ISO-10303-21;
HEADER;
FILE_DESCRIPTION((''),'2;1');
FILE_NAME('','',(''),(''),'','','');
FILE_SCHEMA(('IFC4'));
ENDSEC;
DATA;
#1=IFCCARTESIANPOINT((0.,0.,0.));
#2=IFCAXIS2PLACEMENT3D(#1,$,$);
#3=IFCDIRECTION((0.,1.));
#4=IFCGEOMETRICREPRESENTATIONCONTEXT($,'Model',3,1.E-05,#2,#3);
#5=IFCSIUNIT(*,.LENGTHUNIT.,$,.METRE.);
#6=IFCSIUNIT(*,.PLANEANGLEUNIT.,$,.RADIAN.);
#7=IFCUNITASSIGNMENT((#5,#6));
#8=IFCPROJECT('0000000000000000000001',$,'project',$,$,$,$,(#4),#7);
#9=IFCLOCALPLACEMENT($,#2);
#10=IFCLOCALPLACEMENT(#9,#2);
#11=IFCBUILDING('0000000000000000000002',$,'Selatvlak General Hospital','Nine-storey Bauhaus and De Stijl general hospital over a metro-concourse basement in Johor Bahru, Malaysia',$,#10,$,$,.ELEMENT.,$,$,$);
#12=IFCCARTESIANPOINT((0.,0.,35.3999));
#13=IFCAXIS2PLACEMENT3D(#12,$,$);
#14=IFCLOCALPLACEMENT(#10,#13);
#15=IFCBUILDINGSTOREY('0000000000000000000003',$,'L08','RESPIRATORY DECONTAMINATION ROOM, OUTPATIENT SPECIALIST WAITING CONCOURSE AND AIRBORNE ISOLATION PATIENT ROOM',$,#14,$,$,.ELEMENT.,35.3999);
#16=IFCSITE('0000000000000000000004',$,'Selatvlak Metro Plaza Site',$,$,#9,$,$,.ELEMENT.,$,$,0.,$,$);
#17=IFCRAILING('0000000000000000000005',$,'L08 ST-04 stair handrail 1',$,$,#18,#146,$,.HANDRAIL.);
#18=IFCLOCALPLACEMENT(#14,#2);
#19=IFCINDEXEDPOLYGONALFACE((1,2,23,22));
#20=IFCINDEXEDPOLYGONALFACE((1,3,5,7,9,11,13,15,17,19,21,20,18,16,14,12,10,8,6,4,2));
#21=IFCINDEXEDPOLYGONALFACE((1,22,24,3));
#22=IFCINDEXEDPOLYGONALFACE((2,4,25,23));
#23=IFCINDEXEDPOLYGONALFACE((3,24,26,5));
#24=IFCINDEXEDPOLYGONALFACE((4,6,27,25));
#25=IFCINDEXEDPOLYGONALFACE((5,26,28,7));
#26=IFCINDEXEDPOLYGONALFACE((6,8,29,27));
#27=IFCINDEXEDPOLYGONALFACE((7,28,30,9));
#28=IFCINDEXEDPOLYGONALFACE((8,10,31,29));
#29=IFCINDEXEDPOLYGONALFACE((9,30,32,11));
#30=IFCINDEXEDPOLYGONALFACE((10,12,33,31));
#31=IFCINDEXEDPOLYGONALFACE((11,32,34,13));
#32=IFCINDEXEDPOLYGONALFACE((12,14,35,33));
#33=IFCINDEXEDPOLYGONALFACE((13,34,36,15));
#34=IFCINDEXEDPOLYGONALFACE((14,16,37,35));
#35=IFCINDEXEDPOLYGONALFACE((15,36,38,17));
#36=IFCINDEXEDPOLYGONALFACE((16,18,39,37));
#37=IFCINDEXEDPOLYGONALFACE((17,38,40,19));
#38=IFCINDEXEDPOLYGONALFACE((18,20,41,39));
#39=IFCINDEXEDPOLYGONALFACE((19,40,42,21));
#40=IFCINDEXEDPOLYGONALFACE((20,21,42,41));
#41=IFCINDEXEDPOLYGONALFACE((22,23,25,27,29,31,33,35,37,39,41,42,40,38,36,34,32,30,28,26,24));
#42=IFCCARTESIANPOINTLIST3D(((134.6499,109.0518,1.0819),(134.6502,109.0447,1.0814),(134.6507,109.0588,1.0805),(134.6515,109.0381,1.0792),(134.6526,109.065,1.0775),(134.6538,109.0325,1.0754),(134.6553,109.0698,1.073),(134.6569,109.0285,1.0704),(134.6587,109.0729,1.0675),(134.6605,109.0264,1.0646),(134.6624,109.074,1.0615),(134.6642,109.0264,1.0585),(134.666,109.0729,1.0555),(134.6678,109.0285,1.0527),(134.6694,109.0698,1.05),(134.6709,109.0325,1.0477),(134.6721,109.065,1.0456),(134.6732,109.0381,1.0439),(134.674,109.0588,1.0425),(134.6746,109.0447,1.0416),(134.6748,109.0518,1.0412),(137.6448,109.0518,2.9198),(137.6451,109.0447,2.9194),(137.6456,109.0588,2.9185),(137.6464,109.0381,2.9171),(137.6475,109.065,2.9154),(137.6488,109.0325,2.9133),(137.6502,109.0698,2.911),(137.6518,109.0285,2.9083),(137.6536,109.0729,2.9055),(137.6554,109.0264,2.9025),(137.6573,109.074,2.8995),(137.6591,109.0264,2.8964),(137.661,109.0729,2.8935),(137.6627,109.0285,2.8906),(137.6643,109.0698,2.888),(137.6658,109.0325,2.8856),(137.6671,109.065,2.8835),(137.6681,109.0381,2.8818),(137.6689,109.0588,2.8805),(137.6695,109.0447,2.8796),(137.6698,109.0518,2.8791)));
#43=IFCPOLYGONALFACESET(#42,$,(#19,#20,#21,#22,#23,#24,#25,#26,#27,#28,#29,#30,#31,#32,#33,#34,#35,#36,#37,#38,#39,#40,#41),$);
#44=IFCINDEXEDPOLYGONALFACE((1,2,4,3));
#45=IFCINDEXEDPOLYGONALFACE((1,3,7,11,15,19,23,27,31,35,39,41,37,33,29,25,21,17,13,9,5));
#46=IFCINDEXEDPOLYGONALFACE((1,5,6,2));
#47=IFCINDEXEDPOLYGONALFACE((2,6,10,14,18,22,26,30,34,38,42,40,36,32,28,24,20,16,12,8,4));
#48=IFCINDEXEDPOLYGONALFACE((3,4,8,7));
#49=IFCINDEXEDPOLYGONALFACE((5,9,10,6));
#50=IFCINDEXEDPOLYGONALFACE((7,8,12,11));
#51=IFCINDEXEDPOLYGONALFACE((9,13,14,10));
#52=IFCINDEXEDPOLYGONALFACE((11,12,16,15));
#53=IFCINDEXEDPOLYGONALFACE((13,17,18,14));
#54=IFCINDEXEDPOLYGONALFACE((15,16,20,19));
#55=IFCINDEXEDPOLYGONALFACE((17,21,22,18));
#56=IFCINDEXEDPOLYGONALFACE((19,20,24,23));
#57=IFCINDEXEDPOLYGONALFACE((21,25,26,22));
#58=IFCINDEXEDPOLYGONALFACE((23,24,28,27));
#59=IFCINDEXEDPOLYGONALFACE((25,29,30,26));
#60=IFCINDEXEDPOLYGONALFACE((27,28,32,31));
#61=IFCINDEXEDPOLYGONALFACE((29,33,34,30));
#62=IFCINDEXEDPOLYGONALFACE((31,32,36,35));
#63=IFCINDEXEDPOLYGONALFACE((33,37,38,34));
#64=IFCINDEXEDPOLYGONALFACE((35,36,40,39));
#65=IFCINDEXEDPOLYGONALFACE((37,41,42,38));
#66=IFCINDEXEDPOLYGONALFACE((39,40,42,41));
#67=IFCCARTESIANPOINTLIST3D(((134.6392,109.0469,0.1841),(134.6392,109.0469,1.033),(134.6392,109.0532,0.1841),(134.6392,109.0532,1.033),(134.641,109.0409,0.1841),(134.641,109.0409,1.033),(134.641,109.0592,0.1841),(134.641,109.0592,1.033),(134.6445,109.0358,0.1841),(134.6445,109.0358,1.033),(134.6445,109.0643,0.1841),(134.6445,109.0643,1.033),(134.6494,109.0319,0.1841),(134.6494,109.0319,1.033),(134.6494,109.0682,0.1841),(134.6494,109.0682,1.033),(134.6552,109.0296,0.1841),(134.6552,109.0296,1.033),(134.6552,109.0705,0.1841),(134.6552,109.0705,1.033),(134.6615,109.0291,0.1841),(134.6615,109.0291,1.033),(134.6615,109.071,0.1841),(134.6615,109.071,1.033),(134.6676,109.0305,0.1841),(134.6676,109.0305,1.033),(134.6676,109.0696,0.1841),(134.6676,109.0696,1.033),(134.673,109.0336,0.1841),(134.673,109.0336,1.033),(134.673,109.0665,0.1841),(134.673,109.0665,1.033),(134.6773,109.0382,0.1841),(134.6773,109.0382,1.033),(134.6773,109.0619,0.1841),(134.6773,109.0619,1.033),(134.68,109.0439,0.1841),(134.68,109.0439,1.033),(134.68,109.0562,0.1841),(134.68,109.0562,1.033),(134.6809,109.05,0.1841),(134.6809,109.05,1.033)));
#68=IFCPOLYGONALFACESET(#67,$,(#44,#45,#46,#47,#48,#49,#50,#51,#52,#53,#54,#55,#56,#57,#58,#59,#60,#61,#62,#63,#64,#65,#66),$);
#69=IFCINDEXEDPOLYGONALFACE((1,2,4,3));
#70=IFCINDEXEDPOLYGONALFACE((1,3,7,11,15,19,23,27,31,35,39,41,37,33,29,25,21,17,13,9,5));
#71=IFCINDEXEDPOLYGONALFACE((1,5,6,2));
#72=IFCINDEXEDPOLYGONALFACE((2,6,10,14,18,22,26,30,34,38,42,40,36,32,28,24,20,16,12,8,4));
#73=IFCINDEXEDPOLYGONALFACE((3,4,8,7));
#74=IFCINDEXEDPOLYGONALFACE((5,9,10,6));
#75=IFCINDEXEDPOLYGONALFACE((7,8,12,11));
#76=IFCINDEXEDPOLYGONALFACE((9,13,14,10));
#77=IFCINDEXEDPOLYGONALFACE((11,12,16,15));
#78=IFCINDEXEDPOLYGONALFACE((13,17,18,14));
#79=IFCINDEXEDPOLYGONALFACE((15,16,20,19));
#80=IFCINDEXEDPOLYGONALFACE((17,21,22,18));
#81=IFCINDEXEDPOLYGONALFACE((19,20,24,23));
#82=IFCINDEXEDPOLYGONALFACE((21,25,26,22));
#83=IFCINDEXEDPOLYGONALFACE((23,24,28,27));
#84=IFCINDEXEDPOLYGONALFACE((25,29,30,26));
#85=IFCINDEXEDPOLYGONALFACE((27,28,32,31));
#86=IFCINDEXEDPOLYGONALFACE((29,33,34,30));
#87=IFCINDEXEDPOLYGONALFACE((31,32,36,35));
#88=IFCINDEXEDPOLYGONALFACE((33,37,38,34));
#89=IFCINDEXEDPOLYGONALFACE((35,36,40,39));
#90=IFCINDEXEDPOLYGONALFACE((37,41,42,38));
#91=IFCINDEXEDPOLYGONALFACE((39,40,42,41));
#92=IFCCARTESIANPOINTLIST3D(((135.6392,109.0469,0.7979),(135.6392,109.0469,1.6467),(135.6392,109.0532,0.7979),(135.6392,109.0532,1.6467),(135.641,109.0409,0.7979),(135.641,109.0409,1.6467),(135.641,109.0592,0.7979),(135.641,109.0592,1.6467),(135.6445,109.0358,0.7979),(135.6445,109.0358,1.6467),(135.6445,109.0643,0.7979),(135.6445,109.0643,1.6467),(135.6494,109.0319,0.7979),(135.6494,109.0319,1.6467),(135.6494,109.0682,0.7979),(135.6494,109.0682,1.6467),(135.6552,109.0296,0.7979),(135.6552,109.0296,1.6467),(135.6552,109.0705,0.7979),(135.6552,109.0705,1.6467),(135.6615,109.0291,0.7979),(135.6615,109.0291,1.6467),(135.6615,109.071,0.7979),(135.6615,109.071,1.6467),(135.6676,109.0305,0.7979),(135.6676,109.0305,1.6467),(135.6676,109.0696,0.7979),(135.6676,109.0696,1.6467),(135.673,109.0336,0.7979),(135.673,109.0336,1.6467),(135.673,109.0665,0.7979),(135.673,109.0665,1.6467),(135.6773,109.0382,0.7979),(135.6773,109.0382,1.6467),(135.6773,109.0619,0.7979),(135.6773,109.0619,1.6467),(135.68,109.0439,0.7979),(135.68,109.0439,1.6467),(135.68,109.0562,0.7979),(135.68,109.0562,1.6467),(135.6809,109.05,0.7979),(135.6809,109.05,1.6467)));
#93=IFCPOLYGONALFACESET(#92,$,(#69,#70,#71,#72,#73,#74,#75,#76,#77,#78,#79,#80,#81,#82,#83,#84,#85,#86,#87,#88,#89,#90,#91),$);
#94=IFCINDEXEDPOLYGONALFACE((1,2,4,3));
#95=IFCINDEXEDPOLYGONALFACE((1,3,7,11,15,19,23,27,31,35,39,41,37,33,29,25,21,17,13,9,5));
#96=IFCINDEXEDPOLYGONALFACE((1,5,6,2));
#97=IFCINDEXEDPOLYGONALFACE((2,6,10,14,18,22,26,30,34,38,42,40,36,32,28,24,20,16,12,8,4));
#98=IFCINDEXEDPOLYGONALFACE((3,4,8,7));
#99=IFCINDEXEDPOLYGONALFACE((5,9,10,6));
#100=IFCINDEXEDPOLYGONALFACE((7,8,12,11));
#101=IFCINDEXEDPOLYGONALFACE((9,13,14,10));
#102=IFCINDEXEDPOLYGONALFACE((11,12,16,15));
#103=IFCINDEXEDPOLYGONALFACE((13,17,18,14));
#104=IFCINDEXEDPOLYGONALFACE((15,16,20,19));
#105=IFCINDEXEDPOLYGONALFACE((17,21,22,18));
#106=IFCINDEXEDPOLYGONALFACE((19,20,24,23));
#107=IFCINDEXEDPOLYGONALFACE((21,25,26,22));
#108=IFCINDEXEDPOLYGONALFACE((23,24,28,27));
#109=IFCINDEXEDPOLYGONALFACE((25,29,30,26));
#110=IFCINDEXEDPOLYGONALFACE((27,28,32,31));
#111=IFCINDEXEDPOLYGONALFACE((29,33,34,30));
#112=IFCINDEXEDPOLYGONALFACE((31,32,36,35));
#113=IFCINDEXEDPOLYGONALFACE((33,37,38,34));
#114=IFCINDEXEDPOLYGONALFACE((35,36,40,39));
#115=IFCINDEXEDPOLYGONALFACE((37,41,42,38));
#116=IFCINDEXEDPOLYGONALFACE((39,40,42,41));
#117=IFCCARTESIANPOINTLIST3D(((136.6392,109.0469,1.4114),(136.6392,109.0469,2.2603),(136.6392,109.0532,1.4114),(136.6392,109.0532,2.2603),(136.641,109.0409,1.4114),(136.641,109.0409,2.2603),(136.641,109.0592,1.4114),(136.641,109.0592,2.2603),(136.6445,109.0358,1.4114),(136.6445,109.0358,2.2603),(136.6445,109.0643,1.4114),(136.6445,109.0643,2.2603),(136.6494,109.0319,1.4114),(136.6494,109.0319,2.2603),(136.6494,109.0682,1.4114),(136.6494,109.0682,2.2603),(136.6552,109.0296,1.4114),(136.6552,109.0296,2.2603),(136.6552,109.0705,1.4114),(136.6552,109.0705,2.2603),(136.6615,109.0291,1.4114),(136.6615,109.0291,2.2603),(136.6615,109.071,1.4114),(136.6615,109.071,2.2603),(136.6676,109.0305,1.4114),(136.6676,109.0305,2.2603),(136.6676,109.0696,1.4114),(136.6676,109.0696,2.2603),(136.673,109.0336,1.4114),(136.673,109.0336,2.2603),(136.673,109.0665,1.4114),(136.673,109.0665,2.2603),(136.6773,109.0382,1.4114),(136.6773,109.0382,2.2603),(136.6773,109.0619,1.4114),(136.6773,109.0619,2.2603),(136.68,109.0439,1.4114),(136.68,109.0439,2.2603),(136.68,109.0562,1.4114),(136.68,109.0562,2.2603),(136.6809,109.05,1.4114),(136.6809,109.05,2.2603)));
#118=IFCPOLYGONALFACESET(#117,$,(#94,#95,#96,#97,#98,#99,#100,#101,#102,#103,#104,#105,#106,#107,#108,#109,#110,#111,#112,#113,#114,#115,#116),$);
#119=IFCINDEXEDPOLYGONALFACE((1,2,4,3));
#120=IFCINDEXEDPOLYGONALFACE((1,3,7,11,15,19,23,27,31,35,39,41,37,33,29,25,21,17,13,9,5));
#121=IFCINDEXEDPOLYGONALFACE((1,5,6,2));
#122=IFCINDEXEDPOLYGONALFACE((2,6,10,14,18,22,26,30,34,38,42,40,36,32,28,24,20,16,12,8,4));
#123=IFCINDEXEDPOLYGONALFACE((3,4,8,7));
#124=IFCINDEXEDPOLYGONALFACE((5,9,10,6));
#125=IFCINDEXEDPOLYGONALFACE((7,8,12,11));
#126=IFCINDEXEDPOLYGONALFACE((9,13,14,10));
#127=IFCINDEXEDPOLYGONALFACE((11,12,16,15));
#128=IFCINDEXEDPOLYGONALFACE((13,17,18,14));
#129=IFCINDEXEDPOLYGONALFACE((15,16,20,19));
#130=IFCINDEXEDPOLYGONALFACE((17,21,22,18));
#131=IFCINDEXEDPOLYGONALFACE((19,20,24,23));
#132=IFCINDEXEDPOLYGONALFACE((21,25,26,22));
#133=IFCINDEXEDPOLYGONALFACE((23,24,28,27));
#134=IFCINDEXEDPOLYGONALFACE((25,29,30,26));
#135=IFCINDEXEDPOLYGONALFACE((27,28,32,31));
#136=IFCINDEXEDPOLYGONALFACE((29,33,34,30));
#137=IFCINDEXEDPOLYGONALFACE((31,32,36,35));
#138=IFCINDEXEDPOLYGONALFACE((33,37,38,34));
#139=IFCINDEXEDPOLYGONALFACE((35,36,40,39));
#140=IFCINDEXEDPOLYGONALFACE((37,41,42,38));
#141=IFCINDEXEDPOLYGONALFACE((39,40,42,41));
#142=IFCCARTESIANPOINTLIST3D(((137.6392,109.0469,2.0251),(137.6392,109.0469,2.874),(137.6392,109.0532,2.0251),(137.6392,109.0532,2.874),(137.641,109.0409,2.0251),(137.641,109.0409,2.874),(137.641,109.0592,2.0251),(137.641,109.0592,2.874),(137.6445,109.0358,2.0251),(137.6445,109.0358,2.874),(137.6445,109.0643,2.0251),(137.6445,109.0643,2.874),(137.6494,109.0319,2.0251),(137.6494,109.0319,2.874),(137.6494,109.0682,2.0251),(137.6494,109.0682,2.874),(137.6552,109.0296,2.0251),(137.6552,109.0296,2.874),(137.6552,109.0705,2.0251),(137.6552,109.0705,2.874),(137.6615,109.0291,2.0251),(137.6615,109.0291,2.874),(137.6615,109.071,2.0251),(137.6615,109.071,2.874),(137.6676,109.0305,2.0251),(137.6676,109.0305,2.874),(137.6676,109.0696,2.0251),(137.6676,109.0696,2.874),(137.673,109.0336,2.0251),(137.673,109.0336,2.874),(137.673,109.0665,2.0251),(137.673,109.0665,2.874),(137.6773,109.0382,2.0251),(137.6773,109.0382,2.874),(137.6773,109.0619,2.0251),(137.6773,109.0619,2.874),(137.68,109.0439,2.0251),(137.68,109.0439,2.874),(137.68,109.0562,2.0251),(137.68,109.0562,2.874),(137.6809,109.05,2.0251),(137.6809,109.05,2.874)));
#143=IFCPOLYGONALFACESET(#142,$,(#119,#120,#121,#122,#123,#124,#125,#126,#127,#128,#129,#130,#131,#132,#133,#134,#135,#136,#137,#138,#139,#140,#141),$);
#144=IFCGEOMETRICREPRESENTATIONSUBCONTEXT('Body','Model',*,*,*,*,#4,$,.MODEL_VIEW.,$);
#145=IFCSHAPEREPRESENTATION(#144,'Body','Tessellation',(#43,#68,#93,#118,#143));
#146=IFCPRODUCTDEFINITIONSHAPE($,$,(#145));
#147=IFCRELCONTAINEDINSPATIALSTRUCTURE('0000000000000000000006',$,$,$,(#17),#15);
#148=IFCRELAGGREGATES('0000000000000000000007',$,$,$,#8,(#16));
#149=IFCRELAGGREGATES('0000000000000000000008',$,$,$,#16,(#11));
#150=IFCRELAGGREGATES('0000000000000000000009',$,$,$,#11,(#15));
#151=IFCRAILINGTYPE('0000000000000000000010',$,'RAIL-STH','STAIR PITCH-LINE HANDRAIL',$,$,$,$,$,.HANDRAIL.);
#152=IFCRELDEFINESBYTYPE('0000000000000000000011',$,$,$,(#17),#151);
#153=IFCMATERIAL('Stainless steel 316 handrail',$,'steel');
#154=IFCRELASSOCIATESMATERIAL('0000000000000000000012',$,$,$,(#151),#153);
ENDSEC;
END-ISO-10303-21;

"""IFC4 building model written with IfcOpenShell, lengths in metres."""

from ifc_helpers import new_model, si_unit, direction, frame, origin, origin_2d, place, context, subcontext, project, spatial, circle, extrude, material, type_object, element, save


model = new_model("IFC4")

# Units and contexts
model_context = context("Model", 3, precision=1e-05, world=origin(), true_north=direction((0.0, 1.0)))
body_context = subcontext(model_context, "Body", "Model", "MODEL_VIEW")
ifc_project = project(units=[si_unit("LENGTHUNIT", "METRE"), si_unit("PLANEANGLEUNIT", "RADIAN")], contexts=[model_context])

# Site, building, storey
site_placement = place(None, origin())
site = spatial("IfcSite", under=ifc_project, at=site_placement, Name="Selatvlak Metro Plaza Site", CompositionType="ELEMENT", RefElevation=0.0)
building_placement = place(site_placement, origin())
building = spatial("IfcBuilding", under=site, at=building_placement, Name="Selatvlak General Hospital", Description="Nine-storey Bauhaus and De Stijl general hospital over a metro-concourse basement in Johor Bahru, Malaysia", CompositionType="ELEMENT")
storey_placement = place(building_placement, frame((0.0, 0.0, 35.3999)))
storey = spatial("IfcBuildingStorey", under=building, at=storey_placement, Name="L08", Description="RESPIRATORY DECONTAMINATION ROOM, OUTPATIENT SPECIALIST WAITING CONCOURSE AND AIRBORNE ISOLATION PATIENT ROOM", CompositionType="ELEMENT", Elevation=35.3999)

# Railing
ifc_material_1 = material(Name="Stainless steel 316 handrail", Category="steel")
railing_type_1 = type_object("IfcRailingType", Name="RAIL-STH", Description="STAIR PITCH-LINE HANDRAIL", PredefinedType="HANDRAIL", material=ifc_material_1)
railing_1_placement = place(storey_placement, frame((134.6599, 109.05, 0.1841)))
element("IfcRailing", 1, at=railing_1_placement, inside=storey, type_object=railing_type_1, Name="L08 ST-04 stair handrail 1", PredefinedType="HANDRAIL", context=body_context, shape_type="SweptSolid", body=[
    extrude(circle(Radius=0.0239, at=origin_2d()), frame((0.0024, 0.0, 0.8774), z_axis=(0.852303, 0.0, 0.523048), x_axis=(0.0, 1.0, 0.0)), (0.0, 0.0, 1.0), 3.5139),
    extrude(circle(Radius=0.021, at=origin_2d()), origin(), (0.0, 0.0, 1.0), 0.8489),
    extrude(circle(Radius=0.021, at=origin_2d()), frame((1.0, 0.0, 0.6138)), (0.0, 0.0, 1.0), 0.8489),
    extrude(circle(Radius=0.021, at=origin_2d()), frame((2.0, 0.0, 1.2273)), (0.0, 0.0, 1.0), 0.8489),
    extrude(circle(Radius=0.021, at=origin_2d()), frame((3.0, 0.0, 1.8411)), (0.0, 0.0, 1.0), 0.8489),
])

save(model, "model.ifc")
